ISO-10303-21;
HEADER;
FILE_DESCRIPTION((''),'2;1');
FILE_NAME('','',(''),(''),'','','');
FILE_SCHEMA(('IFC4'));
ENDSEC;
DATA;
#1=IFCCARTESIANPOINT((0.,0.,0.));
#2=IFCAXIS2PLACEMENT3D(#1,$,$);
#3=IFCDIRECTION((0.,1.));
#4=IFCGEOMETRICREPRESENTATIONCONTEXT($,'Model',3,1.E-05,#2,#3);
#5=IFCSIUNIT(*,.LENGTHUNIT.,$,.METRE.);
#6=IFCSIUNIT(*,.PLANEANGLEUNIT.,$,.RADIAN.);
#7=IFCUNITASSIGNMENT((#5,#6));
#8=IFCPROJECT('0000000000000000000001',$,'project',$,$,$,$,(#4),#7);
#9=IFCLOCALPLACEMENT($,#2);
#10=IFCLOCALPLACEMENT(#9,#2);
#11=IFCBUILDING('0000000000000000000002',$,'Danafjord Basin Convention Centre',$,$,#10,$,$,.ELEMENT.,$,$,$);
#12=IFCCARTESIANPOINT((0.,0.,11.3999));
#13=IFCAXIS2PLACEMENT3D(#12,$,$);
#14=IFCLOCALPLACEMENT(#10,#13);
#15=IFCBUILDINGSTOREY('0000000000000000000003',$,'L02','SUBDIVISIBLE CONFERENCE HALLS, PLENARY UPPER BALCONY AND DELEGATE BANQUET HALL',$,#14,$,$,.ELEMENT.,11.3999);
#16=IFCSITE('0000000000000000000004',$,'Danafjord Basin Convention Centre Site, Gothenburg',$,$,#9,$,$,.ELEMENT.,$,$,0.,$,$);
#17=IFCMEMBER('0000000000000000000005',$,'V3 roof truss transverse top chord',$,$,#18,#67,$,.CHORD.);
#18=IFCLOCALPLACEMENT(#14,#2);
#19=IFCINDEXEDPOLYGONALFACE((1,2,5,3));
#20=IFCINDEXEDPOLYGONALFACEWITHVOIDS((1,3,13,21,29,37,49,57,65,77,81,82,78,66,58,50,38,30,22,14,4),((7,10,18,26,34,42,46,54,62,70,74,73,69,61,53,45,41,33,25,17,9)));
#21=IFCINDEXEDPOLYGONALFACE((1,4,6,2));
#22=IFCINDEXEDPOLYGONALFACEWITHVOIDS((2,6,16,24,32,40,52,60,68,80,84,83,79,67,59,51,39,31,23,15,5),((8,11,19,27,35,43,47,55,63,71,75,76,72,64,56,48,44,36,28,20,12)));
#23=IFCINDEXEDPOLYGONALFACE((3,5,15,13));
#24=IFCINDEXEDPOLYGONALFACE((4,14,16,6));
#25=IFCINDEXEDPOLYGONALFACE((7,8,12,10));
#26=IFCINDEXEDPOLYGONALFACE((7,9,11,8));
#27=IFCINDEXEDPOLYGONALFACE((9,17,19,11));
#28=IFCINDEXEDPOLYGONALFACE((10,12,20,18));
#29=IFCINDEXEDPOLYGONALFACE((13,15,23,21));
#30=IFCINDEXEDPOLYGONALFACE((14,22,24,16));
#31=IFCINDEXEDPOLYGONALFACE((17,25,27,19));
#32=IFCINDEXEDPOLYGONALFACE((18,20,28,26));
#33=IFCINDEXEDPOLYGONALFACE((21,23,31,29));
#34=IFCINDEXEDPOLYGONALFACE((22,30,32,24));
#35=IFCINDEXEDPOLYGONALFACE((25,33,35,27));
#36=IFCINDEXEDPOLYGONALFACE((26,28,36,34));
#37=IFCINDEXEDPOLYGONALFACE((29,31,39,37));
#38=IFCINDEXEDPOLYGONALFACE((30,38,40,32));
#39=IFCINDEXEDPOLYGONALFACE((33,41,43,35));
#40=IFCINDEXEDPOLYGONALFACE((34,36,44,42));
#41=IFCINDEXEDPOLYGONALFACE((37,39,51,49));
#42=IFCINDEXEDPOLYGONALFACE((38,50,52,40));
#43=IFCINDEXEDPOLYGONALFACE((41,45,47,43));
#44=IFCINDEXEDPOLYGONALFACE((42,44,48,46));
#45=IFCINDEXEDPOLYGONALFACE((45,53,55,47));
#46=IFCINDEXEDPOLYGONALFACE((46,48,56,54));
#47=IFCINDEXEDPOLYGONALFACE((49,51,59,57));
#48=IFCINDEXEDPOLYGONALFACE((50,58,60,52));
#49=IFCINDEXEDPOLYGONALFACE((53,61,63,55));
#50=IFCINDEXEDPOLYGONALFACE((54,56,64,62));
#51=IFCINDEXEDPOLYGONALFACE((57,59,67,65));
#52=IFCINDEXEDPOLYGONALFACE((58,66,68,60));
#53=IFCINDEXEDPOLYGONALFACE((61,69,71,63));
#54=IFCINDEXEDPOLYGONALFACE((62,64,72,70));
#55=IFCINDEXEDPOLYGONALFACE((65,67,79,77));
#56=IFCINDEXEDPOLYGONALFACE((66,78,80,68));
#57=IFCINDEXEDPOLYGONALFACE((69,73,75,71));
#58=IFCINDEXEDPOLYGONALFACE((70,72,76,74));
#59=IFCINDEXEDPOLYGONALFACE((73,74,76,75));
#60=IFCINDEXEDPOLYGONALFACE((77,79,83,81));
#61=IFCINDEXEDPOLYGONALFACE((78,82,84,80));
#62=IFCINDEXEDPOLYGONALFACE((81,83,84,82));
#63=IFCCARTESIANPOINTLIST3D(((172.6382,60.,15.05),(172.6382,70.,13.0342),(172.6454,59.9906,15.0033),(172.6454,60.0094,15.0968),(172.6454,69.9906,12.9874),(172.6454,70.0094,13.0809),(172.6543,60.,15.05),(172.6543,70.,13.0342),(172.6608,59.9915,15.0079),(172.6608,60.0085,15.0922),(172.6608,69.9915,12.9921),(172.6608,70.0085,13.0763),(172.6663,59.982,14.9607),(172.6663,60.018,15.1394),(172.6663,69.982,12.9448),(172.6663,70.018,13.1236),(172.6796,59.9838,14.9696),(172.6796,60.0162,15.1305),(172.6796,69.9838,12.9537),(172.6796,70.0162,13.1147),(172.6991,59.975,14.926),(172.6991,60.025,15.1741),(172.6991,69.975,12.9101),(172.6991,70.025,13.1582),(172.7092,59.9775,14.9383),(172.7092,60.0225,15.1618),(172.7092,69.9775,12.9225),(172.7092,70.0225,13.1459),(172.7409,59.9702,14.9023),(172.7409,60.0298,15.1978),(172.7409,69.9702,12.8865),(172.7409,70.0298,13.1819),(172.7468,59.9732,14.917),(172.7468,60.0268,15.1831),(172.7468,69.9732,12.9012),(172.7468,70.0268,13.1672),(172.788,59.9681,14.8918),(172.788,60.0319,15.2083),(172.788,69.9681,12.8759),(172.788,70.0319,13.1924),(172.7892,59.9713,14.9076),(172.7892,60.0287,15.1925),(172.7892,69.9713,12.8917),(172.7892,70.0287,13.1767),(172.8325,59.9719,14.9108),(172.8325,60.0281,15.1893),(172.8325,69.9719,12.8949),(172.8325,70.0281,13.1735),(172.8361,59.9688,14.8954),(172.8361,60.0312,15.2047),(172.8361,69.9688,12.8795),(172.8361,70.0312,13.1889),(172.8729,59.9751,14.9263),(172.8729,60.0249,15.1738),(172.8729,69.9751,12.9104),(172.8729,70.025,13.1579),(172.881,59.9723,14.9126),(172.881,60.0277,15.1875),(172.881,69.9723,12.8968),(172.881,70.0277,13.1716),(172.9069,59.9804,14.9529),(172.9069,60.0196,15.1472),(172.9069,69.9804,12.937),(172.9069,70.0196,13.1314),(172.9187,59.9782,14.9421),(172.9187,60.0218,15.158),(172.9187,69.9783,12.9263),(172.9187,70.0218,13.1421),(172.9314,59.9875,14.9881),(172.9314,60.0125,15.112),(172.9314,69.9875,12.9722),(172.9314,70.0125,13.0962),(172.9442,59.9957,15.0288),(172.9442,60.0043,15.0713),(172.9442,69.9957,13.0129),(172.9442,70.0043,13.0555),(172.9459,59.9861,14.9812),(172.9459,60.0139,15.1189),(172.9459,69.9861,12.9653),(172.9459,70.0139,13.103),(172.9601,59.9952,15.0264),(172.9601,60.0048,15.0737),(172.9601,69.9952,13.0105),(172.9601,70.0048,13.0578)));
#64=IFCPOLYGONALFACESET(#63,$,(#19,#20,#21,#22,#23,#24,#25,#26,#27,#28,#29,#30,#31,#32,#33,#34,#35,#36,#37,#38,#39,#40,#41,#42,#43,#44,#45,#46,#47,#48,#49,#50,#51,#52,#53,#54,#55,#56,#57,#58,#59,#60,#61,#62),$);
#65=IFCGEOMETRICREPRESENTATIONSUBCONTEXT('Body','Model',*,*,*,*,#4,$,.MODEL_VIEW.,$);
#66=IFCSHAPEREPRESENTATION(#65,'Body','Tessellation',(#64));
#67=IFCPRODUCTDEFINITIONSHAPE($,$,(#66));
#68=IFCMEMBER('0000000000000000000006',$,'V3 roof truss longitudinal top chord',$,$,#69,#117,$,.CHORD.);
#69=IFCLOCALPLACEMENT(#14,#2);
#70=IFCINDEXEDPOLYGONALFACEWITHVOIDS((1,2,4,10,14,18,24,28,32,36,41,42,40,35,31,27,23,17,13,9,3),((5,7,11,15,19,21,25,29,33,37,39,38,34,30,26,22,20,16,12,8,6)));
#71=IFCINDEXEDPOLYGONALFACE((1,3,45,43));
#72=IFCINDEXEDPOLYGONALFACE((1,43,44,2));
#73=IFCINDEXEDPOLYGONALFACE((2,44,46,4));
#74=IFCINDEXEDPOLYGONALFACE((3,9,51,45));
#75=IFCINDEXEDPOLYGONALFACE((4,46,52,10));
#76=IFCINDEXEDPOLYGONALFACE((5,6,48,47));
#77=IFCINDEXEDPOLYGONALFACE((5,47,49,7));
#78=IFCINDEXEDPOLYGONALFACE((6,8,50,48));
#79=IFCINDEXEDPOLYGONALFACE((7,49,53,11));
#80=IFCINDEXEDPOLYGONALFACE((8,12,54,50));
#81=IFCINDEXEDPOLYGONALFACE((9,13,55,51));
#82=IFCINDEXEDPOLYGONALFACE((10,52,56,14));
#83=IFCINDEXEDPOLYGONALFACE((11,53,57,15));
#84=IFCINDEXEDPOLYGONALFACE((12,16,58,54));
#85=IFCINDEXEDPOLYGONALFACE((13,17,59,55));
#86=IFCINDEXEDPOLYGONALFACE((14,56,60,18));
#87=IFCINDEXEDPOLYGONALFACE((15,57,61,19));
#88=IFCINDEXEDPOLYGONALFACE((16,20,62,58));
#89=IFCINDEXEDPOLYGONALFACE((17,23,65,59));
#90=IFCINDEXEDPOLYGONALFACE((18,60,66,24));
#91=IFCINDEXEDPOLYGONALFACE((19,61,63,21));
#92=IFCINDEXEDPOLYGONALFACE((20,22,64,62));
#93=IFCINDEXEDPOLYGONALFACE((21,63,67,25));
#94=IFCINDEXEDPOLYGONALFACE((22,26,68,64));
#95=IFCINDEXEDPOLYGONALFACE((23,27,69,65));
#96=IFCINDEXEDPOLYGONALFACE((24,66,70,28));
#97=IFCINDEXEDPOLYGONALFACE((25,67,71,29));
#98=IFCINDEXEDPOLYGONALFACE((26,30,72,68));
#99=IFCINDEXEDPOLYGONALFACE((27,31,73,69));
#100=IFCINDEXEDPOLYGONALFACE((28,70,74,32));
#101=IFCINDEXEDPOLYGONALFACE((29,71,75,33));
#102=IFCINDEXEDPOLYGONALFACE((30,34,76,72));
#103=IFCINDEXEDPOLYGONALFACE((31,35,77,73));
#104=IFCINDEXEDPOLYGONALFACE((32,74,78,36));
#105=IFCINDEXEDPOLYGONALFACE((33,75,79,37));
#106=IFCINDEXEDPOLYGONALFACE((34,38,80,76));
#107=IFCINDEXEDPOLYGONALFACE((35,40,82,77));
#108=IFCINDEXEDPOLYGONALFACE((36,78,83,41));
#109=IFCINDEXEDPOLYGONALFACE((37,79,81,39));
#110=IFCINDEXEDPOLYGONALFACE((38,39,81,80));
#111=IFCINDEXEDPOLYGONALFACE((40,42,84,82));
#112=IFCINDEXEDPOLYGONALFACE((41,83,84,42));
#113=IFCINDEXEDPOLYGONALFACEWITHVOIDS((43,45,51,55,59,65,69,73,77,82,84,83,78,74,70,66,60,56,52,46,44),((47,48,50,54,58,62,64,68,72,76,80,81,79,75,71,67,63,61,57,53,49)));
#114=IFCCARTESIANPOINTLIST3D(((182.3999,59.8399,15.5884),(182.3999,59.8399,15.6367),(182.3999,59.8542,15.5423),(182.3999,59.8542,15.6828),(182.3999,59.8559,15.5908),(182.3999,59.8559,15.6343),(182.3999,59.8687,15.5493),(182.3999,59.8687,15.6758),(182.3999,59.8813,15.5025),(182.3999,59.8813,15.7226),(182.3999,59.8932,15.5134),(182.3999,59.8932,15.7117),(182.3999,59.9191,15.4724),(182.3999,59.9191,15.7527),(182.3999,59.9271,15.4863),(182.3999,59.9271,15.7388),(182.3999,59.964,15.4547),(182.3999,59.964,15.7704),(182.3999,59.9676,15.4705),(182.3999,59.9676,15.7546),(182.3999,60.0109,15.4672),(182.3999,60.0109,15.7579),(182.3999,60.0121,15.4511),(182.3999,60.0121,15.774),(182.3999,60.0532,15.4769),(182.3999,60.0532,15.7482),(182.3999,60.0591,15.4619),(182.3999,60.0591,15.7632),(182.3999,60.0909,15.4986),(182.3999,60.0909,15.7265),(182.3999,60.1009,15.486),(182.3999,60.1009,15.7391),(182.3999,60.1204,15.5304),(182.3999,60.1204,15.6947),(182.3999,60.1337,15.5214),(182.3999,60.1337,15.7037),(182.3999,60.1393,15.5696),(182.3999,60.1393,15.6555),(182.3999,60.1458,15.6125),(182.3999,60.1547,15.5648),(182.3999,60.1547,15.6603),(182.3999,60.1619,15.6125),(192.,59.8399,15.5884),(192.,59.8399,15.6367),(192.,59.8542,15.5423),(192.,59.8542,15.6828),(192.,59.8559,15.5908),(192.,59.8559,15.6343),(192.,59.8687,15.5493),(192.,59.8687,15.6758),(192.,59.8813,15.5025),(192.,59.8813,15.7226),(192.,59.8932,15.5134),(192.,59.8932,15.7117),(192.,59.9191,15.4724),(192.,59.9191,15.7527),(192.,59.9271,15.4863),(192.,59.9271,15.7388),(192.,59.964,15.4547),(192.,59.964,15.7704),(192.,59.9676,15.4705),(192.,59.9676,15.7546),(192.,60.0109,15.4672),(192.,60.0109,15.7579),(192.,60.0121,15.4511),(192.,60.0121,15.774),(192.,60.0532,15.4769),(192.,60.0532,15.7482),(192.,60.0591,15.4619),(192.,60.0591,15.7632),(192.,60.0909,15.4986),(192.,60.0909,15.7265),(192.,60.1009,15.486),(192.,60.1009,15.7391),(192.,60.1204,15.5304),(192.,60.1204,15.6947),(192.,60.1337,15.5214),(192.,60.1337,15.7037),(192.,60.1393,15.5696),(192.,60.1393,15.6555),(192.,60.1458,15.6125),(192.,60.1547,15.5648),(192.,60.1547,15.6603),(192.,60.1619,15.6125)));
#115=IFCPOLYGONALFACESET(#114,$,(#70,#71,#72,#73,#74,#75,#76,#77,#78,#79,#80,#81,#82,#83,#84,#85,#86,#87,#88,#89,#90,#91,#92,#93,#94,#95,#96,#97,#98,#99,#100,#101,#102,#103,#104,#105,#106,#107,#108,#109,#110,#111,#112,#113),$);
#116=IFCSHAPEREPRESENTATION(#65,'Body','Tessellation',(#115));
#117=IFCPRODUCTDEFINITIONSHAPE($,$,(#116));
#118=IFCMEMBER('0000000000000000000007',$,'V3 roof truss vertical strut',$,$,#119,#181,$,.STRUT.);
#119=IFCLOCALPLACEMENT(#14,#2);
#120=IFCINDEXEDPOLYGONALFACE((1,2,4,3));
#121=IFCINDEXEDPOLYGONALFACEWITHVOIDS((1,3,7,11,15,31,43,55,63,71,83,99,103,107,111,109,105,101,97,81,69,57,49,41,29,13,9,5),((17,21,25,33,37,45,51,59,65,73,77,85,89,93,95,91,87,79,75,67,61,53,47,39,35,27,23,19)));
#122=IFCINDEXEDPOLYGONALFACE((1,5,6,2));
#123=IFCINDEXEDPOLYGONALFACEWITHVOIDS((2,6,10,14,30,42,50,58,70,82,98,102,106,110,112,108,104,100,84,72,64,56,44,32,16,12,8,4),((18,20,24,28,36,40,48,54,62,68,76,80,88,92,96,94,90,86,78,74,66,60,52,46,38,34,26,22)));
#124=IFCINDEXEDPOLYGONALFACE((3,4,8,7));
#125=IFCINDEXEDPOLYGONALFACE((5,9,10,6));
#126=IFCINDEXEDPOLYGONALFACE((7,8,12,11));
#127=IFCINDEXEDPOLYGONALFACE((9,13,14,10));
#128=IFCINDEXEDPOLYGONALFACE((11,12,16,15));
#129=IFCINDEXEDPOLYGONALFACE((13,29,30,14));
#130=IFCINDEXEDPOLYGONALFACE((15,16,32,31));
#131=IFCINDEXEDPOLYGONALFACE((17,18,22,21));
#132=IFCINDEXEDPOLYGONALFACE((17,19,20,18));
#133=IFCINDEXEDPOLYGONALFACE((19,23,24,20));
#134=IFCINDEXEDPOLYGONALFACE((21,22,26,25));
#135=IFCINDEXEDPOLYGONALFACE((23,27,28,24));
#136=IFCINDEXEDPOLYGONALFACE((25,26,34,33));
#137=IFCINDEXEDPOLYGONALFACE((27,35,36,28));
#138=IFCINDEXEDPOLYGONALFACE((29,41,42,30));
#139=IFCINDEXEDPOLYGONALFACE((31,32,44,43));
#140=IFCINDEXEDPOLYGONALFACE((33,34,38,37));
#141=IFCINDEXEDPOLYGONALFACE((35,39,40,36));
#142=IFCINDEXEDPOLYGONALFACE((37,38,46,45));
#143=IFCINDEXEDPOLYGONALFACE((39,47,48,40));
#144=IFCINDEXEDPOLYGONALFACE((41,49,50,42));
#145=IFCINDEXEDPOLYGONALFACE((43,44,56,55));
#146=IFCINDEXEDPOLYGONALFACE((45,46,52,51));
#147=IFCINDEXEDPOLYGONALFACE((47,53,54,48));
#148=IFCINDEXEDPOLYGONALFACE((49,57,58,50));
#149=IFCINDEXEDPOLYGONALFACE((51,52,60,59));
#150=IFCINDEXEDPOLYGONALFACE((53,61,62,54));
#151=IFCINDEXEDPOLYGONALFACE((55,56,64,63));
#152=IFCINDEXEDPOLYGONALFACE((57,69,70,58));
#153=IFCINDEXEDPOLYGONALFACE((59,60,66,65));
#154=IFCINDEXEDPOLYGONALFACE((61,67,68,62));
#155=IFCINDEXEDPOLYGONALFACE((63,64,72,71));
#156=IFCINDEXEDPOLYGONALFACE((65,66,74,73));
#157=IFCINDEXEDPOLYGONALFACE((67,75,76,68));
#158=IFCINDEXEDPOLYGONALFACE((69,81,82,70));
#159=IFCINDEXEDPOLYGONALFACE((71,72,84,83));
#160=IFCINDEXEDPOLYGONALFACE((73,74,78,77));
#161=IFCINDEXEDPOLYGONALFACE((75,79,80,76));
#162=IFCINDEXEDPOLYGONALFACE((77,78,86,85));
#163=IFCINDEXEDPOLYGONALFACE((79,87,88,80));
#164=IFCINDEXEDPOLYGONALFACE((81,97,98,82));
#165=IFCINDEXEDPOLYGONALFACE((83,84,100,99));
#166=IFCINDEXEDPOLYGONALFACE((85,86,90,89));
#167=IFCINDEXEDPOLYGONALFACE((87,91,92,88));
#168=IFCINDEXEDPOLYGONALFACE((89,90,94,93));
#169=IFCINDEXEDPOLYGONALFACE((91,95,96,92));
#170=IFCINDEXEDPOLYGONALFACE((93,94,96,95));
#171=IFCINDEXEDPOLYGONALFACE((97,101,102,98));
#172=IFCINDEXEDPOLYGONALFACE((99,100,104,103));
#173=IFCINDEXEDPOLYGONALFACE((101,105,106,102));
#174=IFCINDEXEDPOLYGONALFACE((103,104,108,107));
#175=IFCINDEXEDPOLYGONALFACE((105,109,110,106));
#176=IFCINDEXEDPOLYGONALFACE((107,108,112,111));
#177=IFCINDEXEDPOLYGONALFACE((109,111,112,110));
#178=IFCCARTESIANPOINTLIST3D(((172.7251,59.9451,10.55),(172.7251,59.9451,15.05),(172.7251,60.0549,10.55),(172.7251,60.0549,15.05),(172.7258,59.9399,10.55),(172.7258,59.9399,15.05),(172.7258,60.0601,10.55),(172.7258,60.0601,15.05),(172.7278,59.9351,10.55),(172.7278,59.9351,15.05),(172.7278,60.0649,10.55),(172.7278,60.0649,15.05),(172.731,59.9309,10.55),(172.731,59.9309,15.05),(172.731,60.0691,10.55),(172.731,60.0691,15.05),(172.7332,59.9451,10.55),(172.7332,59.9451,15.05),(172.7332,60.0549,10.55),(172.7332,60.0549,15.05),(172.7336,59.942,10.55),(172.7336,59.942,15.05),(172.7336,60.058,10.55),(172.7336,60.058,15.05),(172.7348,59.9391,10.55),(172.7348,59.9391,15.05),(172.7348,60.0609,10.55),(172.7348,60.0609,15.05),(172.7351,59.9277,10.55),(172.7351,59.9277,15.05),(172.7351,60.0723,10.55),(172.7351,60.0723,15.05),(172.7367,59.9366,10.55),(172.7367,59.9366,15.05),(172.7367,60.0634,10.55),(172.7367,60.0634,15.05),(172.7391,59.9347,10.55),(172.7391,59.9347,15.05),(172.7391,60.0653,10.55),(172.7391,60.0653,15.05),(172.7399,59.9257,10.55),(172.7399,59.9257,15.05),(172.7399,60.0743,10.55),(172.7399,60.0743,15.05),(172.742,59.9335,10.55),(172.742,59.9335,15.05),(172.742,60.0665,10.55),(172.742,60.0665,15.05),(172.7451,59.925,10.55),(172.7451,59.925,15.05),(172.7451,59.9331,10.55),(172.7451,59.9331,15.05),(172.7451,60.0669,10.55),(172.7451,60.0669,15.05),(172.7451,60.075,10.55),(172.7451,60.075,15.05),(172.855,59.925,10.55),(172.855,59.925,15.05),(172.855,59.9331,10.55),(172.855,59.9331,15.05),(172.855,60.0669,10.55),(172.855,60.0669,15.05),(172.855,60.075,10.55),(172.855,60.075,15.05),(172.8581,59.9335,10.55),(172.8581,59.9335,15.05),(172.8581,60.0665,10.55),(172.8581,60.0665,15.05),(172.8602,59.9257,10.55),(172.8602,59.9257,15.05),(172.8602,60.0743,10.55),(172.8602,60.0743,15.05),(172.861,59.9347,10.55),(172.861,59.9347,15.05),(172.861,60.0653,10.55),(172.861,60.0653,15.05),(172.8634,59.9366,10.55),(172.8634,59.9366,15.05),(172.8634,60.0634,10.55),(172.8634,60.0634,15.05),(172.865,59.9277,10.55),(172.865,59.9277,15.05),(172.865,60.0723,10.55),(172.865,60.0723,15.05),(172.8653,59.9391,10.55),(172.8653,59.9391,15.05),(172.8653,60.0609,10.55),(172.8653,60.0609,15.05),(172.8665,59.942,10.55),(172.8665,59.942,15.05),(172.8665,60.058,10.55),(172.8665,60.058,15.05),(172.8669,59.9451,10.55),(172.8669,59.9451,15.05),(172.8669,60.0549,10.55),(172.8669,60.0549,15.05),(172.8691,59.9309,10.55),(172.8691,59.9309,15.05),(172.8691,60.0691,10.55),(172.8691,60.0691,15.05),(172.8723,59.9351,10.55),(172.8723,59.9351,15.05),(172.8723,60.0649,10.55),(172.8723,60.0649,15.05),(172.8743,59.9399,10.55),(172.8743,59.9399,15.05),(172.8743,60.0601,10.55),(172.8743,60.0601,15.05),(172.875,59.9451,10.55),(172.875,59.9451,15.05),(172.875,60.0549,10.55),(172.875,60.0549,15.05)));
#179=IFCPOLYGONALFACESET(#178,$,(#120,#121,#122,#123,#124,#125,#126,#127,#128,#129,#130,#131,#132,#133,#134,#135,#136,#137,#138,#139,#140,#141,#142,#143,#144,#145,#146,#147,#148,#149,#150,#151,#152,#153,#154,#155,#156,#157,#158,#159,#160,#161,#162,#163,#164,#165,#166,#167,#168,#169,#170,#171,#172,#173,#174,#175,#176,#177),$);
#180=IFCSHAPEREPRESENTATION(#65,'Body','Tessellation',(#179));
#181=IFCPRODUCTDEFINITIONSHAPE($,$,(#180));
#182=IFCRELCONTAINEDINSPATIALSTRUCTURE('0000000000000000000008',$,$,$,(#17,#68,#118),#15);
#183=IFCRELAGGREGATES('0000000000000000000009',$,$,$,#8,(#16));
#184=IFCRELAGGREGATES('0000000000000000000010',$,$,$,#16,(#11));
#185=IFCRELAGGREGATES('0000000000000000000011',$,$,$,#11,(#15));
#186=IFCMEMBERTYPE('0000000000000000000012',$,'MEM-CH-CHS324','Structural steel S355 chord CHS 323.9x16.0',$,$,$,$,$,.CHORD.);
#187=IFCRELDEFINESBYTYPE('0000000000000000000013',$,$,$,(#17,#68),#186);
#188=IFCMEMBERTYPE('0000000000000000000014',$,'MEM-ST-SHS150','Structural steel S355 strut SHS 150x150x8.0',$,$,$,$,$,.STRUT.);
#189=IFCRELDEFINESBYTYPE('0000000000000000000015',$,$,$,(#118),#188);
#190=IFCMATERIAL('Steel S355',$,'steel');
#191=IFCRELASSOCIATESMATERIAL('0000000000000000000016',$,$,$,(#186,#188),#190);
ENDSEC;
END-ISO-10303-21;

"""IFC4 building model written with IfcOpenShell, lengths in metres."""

from ifc_helpers import new_model, si_unit, direction, frame, origin, origin_2d, place, context, subcontext, project, spatial, hollow_rectangle, hollow_circle, extrude, material, material_profile, profile_set, type_object, element, save


model = new_model("IFC4")

# Units and contexts
model_context = context("Model", 3, precision=1e-05, world=origin(), true_north=direction((0.0, 1.0)))
body_context = subcontext(model_context, "Body", "Model", "MODEL_VIEW")
ifc_project = project(units=[si_unit("LENGTHUNIT", "METRE"), si_unit("PLANEANGLEUNIT", "RADIAN")], contexts=[model_context])

# Site, building, storey
site_placement = place(None, origin())
site = spatial("IfcSite", under=ifc_project, at=site_placement, Name="Danafjord Basin Convention Centre Site, Gothenburg", CompositionType="ELEMENT", RefElevation=0.0)
building_placement = place(site_placement, origin())
building = spatial("IfcBuilding", under=site, at=building_placement, Name="Danafjord Basin Convention Centre", CompositionType="ELEMENT")
storey_placement = place(building_placement, frame((0.0, 0.0, 11.3999)))
storey = spatial("IfcBuildingStorey", under=building, at=storey_placement, Name="L02", Description="SUBDIVISIBLE CONFERENCE HALLS, PLENARY UPPER BALCONY AND DELEGATE BANQUET HALL", CompositionType="ELEMENT", Elevation=11.3999)

# Shared definitions
ifc_material = material(Name="Steel S355", Category="steel")

# Members
ifc_material_profile_1 = material_profile(ifc_material, hollow_circle(Radius=0.1619, WallThickness=0.0161, at=origin_2d()), Name="CHS 323.9x16.0")
ifc_profile_set_1 = profile_set([ifc_material_profile_1], Name="Steel S355")
member_type_1 = type_object("IfcMemberType", Name="MEM-CH-CHS324", Description="Structural steel S355 chord CHS 323.9x16.0", PredefinedType="CHORD", material=ifc_profile_set_1)
member_1_placement = place(storey_placement, frame((172.8, 60.0, 15.05), z_axis=(0.0, 0.98028, -0.197612), x_axis=(-1.0, 0.0, 0.0)))
element("IfcMember", 1, at=member_1_placement, inside=storey, type_object=member_type_1, Name="V3 roof truss transverse top chord", PredefinedType="CHORD", context=body_context, shape_type="SweptSolid", body=[
    extrude(hollow_circle(Radius=0.1619, WallThickness=0.0161, at=origin_2d()), origin(), (0.0, 0.0, 1.0), 10.2012),
])
member_2_placement = place(storey_placement, frame((182.3999, 60.0, 15.6125), z_axis=(1.0, 0.0, 0.0), x_axis=(0.0, 1.0, 0.0)))
element("IfcMember", 2, at=member_2_placement, inside=storey, type_object=member_type_1, Name="V3 roof truss longitudinal top chord", PredefinedType="CHORD", context=body_context, shape_type="SweptSolid", body=[
    extrude(hollow_circle(Radius=0.1619, WallThickness=0.0161, at=origin_2d()), origin(), (0.0, 0.0, 1.0), 9.6001),
])
ifc_material_profile_2 = material_profile(ifc_material, hollow_rectangle(XDim=0.1499, YDim=0.1499, WallThickness=0.0081, InnerFilletRadius=0.012, OuterFilletRadius=0.02, at=origin_2d()), Name="SHS 150x150x8.0")
ifc_profile_set_2 = profile_set([ifc_material_profile_2], Name="Steel S355")
member_type_2 = type_object("IfcMemberType", Name="MEM-ST-SHS150", Description="Structural steel S355 strut SHS 150x150x8.0", PredefinedType="STRUT", material=ifc_profile_set_2)
for number, where, z_axis, x_axis, name in (
    (3, (172.8, 60.0, 10.55), (0.0, 0.0, 1.0), (1.0, 0.0, 0.0), "V3 roof truss vertical strut"),
):
    element("IfcMember", number, at=place(storey_placement, frame(where, z_axis=z_axis, x_axis=x_axis)), inside=storey, type_object=member_type_2, Name=name, PredefinedType="STRUT", context=body_context, shape_type="SweptSolid", body=[
        extrude(hollow_rectangle(XDim=0.1499, YDim=0.1499, WallThickness=0.0081, InnerFilletRadius=0.012, OuterFilletRadius=0.02, at=origin_2d()), origin(), (0.0, 0.0, 1.0), 4.5),
    ])

save(model, "model.ifc")
